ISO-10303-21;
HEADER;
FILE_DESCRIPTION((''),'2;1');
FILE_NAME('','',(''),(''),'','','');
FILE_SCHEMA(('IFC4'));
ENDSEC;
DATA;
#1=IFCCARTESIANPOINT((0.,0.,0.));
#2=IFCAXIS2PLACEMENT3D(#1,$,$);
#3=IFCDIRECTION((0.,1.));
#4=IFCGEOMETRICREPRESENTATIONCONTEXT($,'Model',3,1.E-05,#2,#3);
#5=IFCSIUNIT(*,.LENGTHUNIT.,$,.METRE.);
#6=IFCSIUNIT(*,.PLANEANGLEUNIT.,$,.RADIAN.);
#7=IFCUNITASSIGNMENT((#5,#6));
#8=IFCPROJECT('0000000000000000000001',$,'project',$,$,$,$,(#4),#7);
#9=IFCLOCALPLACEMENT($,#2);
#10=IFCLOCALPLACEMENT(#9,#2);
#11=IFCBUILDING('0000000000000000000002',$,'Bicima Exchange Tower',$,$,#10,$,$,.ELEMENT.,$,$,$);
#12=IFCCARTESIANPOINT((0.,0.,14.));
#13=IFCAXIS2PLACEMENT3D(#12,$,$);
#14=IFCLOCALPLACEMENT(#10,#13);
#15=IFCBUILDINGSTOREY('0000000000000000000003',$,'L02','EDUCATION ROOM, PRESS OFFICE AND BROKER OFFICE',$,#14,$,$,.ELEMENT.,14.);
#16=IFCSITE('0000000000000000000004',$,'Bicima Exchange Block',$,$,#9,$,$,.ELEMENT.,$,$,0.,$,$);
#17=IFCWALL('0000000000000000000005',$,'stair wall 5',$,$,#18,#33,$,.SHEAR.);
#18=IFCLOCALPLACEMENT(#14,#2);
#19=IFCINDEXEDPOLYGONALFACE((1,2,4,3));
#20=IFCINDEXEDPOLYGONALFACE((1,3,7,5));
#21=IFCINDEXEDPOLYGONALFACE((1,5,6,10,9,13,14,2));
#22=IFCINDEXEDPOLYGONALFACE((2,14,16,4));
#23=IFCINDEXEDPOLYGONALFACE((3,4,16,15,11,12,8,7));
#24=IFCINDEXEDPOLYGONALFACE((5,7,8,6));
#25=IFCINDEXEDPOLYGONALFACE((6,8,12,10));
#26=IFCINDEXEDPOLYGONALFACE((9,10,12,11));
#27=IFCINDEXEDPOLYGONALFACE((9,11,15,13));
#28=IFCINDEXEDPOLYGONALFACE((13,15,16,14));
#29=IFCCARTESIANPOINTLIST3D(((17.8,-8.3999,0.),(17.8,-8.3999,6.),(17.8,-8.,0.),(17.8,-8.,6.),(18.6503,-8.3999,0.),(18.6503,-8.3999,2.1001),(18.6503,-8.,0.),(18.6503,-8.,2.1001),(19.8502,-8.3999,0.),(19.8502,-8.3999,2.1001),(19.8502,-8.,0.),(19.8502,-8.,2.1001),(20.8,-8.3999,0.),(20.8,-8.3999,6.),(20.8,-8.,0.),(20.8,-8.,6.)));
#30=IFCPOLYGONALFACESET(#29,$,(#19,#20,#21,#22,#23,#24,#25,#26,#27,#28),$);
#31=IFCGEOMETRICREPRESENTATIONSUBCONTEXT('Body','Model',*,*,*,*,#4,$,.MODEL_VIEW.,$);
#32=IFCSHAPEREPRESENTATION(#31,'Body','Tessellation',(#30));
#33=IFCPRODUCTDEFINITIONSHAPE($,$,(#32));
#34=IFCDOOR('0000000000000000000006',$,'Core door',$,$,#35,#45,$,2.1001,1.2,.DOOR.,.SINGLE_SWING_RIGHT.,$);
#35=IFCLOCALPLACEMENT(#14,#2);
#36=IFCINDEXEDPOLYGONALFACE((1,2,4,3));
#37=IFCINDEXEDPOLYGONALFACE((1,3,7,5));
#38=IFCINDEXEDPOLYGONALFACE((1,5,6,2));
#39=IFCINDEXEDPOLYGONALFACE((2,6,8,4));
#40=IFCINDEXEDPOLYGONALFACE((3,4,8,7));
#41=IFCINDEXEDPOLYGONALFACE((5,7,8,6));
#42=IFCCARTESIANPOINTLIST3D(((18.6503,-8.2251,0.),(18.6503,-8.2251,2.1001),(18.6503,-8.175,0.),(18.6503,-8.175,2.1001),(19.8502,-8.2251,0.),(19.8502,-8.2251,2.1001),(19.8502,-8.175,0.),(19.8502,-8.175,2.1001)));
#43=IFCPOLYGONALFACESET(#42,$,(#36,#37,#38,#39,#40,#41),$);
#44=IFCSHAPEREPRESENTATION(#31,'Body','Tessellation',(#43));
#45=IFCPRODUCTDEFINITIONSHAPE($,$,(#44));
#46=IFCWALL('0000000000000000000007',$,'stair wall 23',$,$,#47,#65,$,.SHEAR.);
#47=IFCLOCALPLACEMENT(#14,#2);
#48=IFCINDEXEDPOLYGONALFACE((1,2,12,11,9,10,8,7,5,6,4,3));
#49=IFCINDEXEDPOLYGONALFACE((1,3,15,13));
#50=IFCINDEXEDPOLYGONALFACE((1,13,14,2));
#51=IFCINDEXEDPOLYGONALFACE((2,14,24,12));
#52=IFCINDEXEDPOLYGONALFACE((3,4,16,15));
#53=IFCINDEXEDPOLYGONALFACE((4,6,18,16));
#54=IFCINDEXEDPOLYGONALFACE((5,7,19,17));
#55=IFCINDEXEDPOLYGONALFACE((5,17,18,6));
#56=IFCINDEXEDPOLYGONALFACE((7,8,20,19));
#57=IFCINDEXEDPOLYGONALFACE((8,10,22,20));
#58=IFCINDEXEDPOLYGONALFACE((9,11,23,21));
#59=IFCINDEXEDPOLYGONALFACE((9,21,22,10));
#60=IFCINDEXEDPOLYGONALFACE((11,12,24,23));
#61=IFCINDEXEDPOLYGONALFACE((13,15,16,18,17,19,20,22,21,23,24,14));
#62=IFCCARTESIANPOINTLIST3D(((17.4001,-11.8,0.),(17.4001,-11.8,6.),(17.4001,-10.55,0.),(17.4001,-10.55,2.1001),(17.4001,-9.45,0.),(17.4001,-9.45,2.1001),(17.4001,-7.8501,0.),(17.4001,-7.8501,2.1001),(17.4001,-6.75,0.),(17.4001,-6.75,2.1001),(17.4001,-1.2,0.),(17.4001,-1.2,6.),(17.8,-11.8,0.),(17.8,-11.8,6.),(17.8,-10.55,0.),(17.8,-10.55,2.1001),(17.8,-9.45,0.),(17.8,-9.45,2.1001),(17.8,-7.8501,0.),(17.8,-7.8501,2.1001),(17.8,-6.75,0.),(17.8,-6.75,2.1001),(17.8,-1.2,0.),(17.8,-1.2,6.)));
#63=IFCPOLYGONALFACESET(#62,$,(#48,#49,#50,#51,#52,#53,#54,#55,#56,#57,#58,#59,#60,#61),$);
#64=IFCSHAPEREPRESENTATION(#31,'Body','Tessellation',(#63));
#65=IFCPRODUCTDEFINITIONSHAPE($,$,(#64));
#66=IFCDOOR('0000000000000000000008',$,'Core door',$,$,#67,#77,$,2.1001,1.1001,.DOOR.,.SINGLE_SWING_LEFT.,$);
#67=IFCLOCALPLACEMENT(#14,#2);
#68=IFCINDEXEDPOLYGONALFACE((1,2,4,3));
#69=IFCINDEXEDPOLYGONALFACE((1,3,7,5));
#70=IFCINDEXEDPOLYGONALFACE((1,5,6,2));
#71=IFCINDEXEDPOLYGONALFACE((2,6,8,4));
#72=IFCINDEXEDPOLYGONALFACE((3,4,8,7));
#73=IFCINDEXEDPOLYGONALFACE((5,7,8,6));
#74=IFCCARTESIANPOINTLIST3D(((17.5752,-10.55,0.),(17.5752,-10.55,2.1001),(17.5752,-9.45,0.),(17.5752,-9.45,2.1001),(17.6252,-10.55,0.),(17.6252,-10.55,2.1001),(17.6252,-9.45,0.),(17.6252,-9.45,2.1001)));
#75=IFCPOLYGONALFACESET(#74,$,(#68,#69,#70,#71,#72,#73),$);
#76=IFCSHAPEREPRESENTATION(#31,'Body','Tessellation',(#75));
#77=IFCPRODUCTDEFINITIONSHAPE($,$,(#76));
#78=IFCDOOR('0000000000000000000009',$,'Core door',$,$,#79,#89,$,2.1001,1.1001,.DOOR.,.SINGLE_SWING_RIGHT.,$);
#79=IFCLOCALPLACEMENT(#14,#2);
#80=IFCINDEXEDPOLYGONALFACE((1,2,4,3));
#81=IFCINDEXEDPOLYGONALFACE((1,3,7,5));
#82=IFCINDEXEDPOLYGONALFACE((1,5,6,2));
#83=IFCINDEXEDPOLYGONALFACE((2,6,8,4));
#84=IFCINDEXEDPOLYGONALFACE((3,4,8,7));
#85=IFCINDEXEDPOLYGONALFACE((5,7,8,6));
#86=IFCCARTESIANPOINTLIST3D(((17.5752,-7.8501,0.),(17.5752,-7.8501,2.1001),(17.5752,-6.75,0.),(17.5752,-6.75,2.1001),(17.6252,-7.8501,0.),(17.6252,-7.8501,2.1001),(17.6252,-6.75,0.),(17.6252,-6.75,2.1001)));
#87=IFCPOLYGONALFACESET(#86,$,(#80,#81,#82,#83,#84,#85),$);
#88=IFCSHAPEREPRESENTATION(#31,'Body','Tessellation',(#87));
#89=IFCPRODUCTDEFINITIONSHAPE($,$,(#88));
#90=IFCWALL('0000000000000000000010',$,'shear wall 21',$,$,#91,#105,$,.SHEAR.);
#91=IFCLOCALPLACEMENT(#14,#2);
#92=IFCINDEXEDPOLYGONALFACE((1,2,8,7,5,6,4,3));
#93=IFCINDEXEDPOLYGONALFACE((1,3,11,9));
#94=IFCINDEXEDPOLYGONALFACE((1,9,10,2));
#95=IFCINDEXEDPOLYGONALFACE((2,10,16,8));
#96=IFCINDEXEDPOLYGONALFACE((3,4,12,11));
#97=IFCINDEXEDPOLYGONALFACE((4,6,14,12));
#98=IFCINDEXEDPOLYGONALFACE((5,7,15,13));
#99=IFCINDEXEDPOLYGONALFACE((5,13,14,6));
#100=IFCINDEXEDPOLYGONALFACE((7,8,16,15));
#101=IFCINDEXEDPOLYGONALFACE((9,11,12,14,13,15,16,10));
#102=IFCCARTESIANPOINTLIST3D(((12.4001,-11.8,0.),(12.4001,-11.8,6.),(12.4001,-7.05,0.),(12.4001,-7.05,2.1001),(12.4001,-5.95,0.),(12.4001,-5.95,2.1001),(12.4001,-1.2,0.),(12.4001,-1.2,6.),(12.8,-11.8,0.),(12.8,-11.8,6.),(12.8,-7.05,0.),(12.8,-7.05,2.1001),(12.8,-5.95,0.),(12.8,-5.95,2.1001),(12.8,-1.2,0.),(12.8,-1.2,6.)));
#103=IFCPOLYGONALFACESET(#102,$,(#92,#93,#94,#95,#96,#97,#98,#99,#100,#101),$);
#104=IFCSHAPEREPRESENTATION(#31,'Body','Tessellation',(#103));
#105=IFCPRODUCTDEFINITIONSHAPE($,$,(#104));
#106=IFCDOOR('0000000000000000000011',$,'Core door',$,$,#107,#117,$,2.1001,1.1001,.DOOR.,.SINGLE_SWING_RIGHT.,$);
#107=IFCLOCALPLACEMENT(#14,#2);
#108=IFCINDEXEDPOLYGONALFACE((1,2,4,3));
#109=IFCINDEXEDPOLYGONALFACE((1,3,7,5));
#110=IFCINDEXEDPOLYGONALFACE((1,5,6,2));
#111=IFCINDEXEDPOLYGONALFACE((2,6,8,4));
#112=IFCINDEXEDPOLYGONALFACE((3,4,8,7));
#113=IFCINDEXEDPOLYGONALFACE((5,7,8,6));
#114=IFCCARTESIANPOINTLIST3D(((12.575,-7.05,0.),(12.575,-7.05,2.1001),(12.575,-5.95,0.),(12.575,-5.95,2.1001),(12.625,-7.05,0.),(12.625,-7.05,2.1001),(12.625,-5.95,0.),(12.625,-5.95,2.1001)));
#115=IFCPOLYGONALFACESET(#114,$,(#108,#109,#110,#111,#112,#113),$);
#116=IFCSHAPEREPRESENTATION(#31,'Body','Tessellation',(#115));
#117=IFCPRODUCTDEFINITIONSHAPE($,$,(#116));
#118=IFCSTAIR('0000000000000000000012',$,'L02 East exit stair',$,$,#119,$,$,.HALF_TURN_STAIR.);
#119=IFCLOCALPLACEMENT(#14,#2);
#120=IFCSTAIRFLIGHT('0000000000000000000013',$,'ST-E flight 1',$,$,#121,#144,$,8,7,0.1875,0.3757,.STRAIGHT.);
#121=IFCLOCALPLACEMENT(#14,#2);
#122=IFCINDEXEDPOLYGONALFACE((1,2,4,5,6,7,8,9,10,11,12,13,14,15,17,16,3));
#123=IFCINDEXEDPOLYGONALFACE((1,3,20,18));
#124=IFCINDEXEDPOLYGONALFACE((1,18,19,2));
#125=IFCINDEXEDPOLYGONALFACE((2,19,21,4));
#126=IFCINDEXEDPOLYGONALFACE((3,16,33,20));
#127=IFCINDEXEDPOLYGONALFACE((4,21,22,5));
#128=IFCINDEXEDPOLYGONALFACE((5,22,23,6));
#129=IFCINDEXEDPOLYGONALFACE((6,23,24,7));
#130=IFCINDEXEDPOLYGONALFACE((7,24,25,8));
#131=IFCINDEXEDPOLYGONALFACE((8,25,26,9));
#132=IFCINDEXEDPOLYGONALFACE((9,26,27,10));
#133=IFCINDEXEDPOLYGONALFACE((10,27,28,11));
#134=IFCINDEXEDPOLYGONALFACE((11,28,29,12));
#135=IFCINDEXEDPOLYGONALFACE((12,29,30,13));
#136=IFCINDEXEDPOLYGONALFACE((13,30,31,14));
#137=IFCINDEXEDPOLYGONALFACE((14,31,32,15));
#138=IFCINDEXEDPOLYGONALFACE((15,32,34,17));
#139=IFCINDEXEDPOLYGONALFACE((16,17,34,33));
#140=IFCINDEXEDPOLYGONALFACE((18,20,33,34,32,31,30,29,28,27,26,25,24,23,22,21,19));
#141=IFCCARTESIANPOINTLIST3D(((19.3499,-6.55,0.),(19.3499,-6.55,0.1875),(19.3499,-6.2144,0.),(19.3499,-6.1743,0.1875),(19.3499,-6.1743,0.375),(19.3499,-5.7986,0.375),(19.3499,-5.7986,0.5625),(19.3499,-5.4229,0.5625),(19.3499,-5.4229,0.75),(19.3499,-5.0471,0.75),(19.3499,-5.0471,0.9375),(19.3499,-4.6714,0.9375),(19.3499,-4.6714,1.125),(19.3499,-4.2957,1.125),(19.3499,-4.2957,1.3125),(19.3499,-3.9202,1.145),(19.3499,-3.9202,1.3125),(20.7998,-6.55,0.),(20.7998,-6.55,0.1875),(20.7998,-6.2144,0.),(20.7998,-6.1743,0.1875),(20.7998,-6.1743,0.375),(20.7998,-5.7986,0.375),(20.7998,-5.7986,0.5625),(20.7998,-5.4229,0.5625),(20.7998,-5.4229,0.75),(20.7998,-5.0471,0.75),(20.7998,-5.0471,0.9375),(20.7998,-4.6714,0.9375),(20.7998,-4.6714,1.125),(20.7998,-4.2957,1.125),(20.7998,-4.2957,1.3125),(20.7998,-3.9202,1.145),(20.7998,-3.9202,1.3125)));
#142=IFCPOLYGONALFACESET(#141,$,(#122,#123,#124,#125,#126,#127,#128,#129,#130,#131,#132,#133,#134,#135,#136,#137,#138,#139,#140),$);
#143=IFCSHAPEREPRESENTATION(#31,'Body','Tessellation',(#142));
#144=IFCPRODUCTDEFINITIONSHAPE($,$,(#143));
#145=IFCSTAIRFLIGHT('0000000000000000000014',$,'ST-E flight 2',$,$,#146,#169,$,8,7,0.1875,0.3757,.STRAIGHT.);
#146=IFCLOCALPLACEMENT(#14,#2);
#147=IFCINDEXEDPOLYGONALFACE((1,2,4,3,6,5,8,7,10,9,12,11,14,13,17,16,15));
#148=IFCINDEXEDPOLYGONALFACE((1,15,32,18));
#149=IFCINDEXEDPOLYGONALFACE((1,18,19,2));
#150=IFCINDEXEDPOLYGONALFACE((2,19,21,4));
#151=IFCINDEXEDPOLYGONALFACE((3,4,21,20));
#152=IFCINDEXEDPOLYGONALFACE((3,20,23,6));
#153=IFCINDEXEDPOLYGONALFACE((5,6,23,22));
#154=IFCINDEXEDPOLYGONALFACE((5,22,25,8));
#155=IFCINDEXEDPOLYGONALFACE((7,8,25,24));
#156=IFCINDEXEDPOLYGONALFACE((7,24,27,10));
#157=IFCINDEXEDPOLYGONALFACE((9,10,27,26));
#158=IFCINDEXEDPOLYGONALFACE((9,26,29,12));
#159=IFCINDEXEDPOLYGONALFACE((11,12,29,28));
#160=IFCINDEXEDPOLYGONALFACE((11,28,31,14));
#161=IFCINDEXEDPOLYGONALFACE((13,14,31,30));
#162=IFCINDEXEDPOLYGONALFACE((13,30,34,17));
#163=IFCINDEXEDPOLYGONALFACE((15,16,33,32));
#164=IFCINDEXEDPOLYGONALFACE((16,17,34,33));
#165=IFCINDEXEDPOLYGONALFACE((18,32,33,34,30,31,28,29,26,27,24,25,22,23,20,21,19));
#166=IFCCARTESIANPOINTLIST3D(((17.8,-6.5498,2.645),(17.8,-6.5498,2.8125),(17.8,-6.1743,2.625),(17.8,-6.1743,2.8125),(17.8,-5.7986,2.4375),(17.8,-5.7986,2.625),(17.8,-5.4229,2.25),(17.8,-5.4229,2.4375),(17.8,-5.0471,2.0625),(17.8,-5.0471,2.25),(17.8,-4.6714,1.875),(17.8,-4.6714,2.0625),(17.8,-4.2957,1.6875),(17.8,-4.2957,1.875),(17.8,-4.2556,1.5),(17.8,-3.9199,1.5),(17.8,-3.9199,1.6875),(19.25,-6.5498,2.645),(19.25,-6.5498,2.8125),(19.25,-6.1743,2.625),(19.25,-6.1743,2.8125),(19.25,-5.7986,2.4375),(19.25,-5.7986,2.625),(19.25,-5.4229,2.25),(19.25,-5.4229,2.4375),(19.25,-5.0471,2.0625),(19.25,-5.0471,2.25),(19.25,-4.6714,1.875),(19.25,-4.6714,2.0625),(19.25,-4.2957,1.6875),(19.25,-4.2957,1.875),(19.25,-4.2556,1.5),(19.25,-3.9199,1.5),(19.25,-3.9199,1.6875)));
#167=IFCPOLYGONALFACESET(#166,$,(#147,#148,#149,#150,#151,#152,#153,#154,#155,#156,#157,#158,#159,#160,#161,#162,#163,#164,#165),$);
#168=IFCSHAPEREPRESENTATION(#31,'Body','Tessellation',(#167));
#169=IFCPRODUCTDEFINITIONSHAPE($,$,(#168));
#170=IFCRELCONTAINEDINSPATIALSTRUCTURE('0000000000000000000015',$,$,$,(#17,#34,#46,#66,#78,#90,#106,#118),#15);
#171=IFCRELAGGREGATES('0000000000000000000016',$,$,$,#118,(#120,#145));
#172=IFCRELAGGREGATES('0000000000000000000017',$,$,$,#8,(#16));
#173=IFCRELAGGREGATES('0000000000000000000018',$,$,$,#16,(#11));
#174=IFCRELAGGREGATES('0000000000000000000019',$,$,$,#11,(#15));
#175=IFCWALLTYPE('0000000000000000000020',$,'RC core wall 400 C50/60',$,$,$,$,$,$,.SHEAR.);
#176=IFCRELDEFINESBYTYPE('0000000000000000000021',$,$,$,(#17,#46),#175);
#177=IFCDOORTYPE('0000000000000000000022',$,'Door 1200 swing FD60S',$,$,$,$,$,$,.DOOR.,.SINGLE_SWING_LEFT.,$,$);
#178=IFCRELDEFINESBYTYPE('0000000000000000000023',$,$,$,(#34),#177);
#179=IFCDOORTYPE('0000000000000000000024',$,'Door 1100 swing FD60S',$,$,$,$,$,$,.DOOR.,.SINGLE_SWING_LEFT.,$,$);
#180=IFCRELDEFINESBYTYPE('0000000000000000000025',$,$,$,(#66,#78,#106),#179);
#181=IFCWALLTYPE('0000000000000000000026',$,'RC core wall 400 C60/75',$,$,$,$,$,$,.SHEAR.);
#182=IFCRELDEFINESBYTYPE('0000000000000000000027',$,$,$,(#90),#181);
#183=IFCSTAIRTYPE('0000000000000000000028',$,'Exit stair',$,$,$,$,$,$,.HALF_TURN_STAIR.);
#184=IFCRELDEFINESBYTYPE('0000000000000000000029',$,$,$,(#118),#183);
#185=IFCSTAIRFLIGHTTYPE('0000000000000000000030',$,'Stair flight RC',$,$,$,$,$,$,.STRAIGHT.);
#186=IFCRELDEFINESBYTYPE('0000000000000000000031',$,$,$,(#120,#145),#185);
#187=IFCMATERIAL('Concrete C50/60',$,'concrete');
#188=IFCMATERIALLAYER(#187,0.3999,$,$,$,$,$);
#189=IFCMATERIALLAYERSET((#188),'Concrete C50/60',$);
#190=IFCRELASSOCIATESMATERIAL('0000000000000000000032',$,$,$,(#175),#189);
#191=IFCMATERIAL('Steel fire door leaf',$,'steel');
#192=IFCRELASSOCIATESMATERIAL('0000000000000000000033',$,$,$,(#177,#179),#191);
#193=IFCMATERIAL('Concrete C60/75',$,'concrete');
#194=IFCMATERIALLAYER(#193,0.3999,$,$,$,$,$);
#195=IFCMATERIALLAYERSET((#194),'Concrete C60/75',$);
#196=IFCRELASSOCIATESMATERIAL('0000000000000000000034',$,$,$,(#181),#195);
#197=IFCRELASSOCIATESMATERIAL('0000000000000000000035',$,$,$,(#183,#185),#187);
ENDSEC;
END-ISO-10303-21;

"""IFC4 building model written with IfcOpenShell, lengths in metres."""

from ifc_helpers import new_model, si_unit, direction, frame, frame_2d, origin, place, context, subcontext, project, spatial, polyline, rectangle, outline, extrude, material, layer, layer_set, type_object, element, fill, aggregate, save


model = new_model("IFC4")

# Units and contexts
model_context = context("Model", 3, precision=1e-05, world=origin(), true_north=direction((0.0, 1.0)))
body_context = subcontext(model_context, "Body", "Model", "MODEL_VIEW")
ifc_project = project(units=[si_unit("LENGTHUNIT", "METRE"), si_unit("PLANEANGLEUNIT", "RADIAN")], contexts=[model_context])

# Site, building, storey
site_placement = place(None, origin())
site = spatial("IfcSite", under=ifc_project, at=site_placement, Name="Bicima Exchange Block", CompositionType="ELEMENT", RefElevation=0.0)
building_placement = place(site_placement, origin())
building = spatial("IfcBuilding", under=site, at=building_placement, Name="Bicima Exchange Tower", CompositionType="ELEMENT")
storey_placement = place(building_placement, frame((0.0, 0.0, 14.0)))
storey = spatial("IfcBuildingStorey", under=building, at=storey_placement, Name="L02", Description="EDUCATION ROOM, PRESS OFFICE AND BROKER OFFICE", CompositionType="ELEMENT", Elevation=14.0)

# Shared definitions
ifc_material_1 = material(Name="Steel fire door leaf", Category="steel")

# Shared definitions
ifc_material_2 = material(Name="Concrete C60/75", Category="concrete")
ifc_material_3 = material(Name="Concrete C50/60", Category="concrete")

# Wall, opening, door
ifc_layer_1 = layer(ifc_material_3, 0.3999)
ifc_layer_set_1 = layer_set([ifc_layer_1], Name="Concrete C50/60")
wall_type_1 = type_object("IfcWallType", Name="RC core wall 400 C50/60", PredefinedType="SHEAR", material=ifc_layer_set_1)
wall_1_placement = place(storey_placement, frame((17.8, -8.2, 0.0), z_axis=(0.0, 0.0, 1.0), x_axis=(1.0, 0.0, 0.0)))
wall_1 = element("IfcWall", 1, at=wall_1_placement, inside=storey, type_object=wall_type_1, Name="stair wall 5", PredefinedType="SHEAR", context=body_context, shape_type="SweptSolid", body=[
    extrude(rectangle(XDim=3.0, YDim=0.3999, at=frame_2d((1.5, 0.0))), origin(), (0.0, 0.0, 1.0), 6.0),
])
opening_1_placement = place(wall_1_placement, frame((0.8501, 0.0, 0.0)))
opening_1 = element("IfcOpeningElement", 2, at=opening_1_placement, cuts=wall_1, PredefinedType="OPENING", context=body_context, shape_type="SweptSolid", body=[
    extrude(rectangle(XDim=1.2, YDim=2.1001, at=frame_2d((0.6001, 1.05))), frame((0.0, 0.2119, 0.0), z_axis=(0.0, -1.0, 0.0), x_axis=(1.0, 0.0, 0.0)), (0.0, 0.0, 1.0), 0.4238),
])
door_type_1 = type_object("IfcDoorType", Name="Door 1200 swing FD60S", OperationType="SINGLE_SWING_LEFT", PredefinedType="DOOR", material=ifc_material_1)
door_1_placement = place(opening_1_placement, origin())
door_1 = element("IfcDoor", 3, at=door_1_placement, inside=storey, type_object=door_type_1, Name="Core door", OperationType="SINGLE_SWING_RIGHT", OverallHeight=2.1001, OverallWidth=1.2, PredefinedType="DOOR", context=body_context, shape_type="SweptSolid", body=[
    extrude(rectangle(XDim=1.2, YDim=2.1001, at=frame_2d((0.6001, 1.05))), frame((0.0, 0.0249, 0.0), z_axis=(0.0, -1.0, 0.0), x_axis=(1.0, 0.0, 0.0)), (0.0, 0.0, 1.0), 0.05),
])
fill(opening_1, door_1)

# Wall, openings, doors
wall_2_placement = place(storey_placement, frame((17.6001, -11.8, 0.0), z_axis=(0.0, 0.0, 1.0), x_axis=(0.0, 1.0, 0.0)))
wall_2 = element("IfcWall", 4, at=wall_2_placement, inside=storey, type_object=wall_type_1, Name="stair wall 23", PredefinedType="SHEAR", context=body_context, shape_type="SweptSolid", body=[
    extrude(rectangle(XDim=10.6001, YDim=0.3999, at=frame_2d((5.3, 0.0))), origin(), (0.0, 0.0, 1.0), 6.0),
])
opening_2_placement = place(wall_2_placement, frame((1.25, 0.0, 0.0)))
opening_2 = element("IfcOpeningElement", 5, at=opening_2_placement, cuts=wall_2, PredefinedType="OPENING", context=body_context, shape_type="SweptSolid", body=[
    extrude(rectangle(XDim=1.1001, YDim=2.1001, at=frame_2d((0.55, 1.05))), frame((0.0, 0.2119, 0.0), z_axis=(0.0, -1.0, 0.0), x_axis=(1.0, 0.0, 0.0)), (0.0, 0.0, 1.0), 0.4238),
])
opening_3_placement = place(wall_2_placement, frame((3.95, 0.0, 0.0)))
opening_3 = element("IfcOpeningElement", 6, at=opening_3_placement, cuts=wall_2, PredefinedType="OPENING", context=body_context, shape_type="SweptSolid", body=[
    extrude(rectangle(XDim=1.1001, YDim=2.1001, at=frame_2d((0.55, 1.05))), frame((0.0, 0.2119, 0.0), z_axis=(0.0, -1.0, 0.0), x_axis=(1.0, 0.0, 0.0)), (0.0, 0.0, 1.0), 0.4238),
])
door_type_2 = type_object("IfcDoorType", Name="Door 1100 swing FD60S", OperationType="SINGLE_SWING_LEFT", PredefinedType="DOOR", material=ifc_material_1)
door_2_placement = place(opening_2_placement, origin())
door_2 = element("IfcDoor", 7, at=door_2_placement, inside=storey, type_object=door_type_2, Name="Core door", OperationType="SINGLE_SWING_LEFT", OverallHeight=2.1001, OverallWidth=1.1001, PredefinedType="DOOR", context=body_context, shape_type="SweptSolid", body=[
    extrude(rectangle(XDim=1.1001, YDim=2.1001, at=frame_2d((0.55, 1.05))), frame((0.0, 0.0249, 0.0), z_axis=(0.0, -1.0, 0.0), x_axis=(1.0, 0.0, 0.0)), (0.0, 0.0, 1.0), 0.05),
])
fill(opening_2, door_2)
door_3_placement = place(opening_3_placement, origin())
door_3 = element("IfcDoor", 8, at=door_3_placement, inside=storey, type_object=door_type_2, Name="Core door", OperationType="SINGLE_SWING_RIGHT", OverallHeight=2.1001, OverallWidth=1.1001, PredefinedType="DOOR", context=body_context, shape_type="SweptSolid", body=[
    extrude(rectangle(XDim=1.1001, YDim=2.1001, at=frame_2d((0.55, 1.05))), frame((0.0, 0.0249, 0.0), z_axis=(0.0, -1.0, 0.0), x_axis=(1.0, 0.0, 0.0)), (0.0, 0.0, 1.0), 0.05),
])
fill(opening_3, door_3)

# Wall, opening, door
ifc_layer_2 = layer(ifc_material_2, 0.3999)
ifc_layer_set_2 = layer_set([ifc_layer_2], Name="Concrete C60/75")
wall_type_2 = type_object("IfcWallType", Name="RC core wall 400 C60/75", PredefinedType="SHEAR", material=ifc_layer_set_2)
wall_3_placement = place(storey_placement, frame((12.6001, -11.8, 0.0), z_axis=(0.0, 0.0, 1.0), x_axis=(0.0, 1.0, 0.0)))
wall_3 = element("IfcWall", 9, at=wall_3_placement, inside=storey, type_object=wall_type_2, Name="shear wall 21", PredefinedType="SHEAR", context=body_context, shape_type="SweptSolid", body=[
    extrude(rectangle(XDim=10.6001, YDim=0.3999, at=frame_2d((5.3, 0.0))), origin(), (0.0, 0.0, 1.0), 6.0),
])
opening_4_placement = place(wall_3_placement, frame((4.75, 0.0, 0.0)))
opening_4 = element("IfcOpeningElement", 10, at=opening_4_placement, cuts=wall_3, PredefinedType="OPENING", context=body_context, shape_type="SweptSolid", body=[
    extrude(rectangle(XDim=1.1001, YDim=2.1001, at=frame_2d((0.55, 1.05))), frame((0.0, 0.2119, 0.0), z_axis=(0.0, -1.0, 0.0), x_axis=(1.0, 0.0, 0.0)), (0.0, 0.0, 1.0), 0.4238),
])
door_4_placement = place(opening_4_placement, frame((1.1001, 0.0, 0.0), z_axis=(0.0, 0.0, 1.0), x_axis=(-1.0, 0.0, 0.0)))
door_4 = element("IfcDoor", 11, at=door_4_placement, inside=storey, type_object=door_type_2, Name="Core door", OperationType="SINGLE_SWING_RIGHT", OverallHeight=2.1001, OverallWidth=1.1001, PredefinedType="DOOR", context=body_context, shape_type="SweptSolid", body=[
    extrude(rectangle(XDim=1.1001, YDim=2.1001, at=frame_2d((0.55, 1.05))), frame((0.0, 0.0249, 0.0), z_axis=(0.0, -1.0, 0.0), x_axis=(1.0, 0.0, 0.0)), (0.0, 0.0, 1.0), 0.05),
])
fill(opening_4, door_4)

# Stair, stair flights
stair_type = type_object("IfcStairType", Name="Exit stair", PredefinedType="HALF_TURN_STAIR", material=ifc_material_3)
stair_placement = place(storey_placement, origin())
stair = element("IfcStair", 12, at=stair_placement, inside=storey, type_object=stair_type, Name="L02 East exit stair", PredefinedType="HALF_TURN_STAIR")
stair_flight_type = type_object("IfcStairFlightType", Name="Stair flight RC", PredefinedType="STRAIGHT", material=ifc_material_3)
stair_flight_1_placement = place(storey_placement, frame((20.075, -6.55, 0.0), z_axis=(0.0, 0.0, 1.0), x_axis=(0.0, 1.0, 0.0)))
stair_flight_1 = element("IfcStairFlight", 13, at=stair_flight_1_placement, type_object=stair_flight_type, Name="ST-E flight 1", NumberOfRisers=8, NumberOfTreads=7, PredefinedType="STRAIGHT", RiserHeight=0.1875, TreadLength=0.3757, context=body_context, shape_type="SweptSolid", body=[
    extrude(outline(polyline([(0.0, 0.0), (0.0, 0.1875), (0.3757, 0.1875), (0.3757, 0.375), (0.7515, 0.375), (0.7515, 0.5625), (1.1272, 0.5625), (1.1272, 0.75), (1.5029, 0.75), (1.5029, 0.9375), (1.8787, 0.9375), (1.8787, 1.125), (2.2544, 1.125), (2.2544, 1.3125), (2.6299, 1.3125), (2.6299, 1.5), (2.6299, 1.145), (0.3357, 0.0), (0.0, 0.0)])), frame((0.0, 0.7251, 0.0), z_axis=(0.0, -1.0, 0.0), x_axis=(1.0, 0.0, 0.0)), (0.0, 0.0, 1.0), 1.45),
])
stair_flight_2_placement = place(storey_placement, frame((18.5249, -3.9199, 1.5), z_axis=(0.0, 0.0, 1.0), x_axis=(0.0, -1.0, 0.0)))
stair_flight_2 = element("IfcStairFlight", 14, at=stair_flight_2_placement, type_object=stair_flight_type, Name="ST-E flight 2", NumberOfRisers=8, NumberOfTreads=7, PredefinedType="STRAIGHT", RiserHeight=0.1875, TreadLength=0.3757, context=body_context, shape_type="SweptSolid", body=[
    extrude(outline(polyline([(0.0, 0.0), (0.0, 0.1875), (0.3757, 0.1875), (0.3757, 0.375), (0.7515, 0.375), (0.7515, 0.5625), (1.1272, 0.5625), (1.1272, 0.75), (1.5029, 0.75), (1.5029, 0.9375), (1.8787, 0.9375), (1.8787, 1.125), (2.2544, 1.125), (2.2544, 1.3125), (2.6299, 1.3125), (2.6299, 1.5), (2.6299, 1.145), (0.3357, 0.0), (0.0, 0.0)])), frame((0.0, 0.7251, 0.0), z_axis=(0.0, -1.0, 0.0), x_axis=(1.0, 0.0, 0.0)), (0.0, 0.0, 1.0), 1.45),
])
aggregate(stair, [stair_flight_1, stair_flight_2])

save(model, "model.ifc")
